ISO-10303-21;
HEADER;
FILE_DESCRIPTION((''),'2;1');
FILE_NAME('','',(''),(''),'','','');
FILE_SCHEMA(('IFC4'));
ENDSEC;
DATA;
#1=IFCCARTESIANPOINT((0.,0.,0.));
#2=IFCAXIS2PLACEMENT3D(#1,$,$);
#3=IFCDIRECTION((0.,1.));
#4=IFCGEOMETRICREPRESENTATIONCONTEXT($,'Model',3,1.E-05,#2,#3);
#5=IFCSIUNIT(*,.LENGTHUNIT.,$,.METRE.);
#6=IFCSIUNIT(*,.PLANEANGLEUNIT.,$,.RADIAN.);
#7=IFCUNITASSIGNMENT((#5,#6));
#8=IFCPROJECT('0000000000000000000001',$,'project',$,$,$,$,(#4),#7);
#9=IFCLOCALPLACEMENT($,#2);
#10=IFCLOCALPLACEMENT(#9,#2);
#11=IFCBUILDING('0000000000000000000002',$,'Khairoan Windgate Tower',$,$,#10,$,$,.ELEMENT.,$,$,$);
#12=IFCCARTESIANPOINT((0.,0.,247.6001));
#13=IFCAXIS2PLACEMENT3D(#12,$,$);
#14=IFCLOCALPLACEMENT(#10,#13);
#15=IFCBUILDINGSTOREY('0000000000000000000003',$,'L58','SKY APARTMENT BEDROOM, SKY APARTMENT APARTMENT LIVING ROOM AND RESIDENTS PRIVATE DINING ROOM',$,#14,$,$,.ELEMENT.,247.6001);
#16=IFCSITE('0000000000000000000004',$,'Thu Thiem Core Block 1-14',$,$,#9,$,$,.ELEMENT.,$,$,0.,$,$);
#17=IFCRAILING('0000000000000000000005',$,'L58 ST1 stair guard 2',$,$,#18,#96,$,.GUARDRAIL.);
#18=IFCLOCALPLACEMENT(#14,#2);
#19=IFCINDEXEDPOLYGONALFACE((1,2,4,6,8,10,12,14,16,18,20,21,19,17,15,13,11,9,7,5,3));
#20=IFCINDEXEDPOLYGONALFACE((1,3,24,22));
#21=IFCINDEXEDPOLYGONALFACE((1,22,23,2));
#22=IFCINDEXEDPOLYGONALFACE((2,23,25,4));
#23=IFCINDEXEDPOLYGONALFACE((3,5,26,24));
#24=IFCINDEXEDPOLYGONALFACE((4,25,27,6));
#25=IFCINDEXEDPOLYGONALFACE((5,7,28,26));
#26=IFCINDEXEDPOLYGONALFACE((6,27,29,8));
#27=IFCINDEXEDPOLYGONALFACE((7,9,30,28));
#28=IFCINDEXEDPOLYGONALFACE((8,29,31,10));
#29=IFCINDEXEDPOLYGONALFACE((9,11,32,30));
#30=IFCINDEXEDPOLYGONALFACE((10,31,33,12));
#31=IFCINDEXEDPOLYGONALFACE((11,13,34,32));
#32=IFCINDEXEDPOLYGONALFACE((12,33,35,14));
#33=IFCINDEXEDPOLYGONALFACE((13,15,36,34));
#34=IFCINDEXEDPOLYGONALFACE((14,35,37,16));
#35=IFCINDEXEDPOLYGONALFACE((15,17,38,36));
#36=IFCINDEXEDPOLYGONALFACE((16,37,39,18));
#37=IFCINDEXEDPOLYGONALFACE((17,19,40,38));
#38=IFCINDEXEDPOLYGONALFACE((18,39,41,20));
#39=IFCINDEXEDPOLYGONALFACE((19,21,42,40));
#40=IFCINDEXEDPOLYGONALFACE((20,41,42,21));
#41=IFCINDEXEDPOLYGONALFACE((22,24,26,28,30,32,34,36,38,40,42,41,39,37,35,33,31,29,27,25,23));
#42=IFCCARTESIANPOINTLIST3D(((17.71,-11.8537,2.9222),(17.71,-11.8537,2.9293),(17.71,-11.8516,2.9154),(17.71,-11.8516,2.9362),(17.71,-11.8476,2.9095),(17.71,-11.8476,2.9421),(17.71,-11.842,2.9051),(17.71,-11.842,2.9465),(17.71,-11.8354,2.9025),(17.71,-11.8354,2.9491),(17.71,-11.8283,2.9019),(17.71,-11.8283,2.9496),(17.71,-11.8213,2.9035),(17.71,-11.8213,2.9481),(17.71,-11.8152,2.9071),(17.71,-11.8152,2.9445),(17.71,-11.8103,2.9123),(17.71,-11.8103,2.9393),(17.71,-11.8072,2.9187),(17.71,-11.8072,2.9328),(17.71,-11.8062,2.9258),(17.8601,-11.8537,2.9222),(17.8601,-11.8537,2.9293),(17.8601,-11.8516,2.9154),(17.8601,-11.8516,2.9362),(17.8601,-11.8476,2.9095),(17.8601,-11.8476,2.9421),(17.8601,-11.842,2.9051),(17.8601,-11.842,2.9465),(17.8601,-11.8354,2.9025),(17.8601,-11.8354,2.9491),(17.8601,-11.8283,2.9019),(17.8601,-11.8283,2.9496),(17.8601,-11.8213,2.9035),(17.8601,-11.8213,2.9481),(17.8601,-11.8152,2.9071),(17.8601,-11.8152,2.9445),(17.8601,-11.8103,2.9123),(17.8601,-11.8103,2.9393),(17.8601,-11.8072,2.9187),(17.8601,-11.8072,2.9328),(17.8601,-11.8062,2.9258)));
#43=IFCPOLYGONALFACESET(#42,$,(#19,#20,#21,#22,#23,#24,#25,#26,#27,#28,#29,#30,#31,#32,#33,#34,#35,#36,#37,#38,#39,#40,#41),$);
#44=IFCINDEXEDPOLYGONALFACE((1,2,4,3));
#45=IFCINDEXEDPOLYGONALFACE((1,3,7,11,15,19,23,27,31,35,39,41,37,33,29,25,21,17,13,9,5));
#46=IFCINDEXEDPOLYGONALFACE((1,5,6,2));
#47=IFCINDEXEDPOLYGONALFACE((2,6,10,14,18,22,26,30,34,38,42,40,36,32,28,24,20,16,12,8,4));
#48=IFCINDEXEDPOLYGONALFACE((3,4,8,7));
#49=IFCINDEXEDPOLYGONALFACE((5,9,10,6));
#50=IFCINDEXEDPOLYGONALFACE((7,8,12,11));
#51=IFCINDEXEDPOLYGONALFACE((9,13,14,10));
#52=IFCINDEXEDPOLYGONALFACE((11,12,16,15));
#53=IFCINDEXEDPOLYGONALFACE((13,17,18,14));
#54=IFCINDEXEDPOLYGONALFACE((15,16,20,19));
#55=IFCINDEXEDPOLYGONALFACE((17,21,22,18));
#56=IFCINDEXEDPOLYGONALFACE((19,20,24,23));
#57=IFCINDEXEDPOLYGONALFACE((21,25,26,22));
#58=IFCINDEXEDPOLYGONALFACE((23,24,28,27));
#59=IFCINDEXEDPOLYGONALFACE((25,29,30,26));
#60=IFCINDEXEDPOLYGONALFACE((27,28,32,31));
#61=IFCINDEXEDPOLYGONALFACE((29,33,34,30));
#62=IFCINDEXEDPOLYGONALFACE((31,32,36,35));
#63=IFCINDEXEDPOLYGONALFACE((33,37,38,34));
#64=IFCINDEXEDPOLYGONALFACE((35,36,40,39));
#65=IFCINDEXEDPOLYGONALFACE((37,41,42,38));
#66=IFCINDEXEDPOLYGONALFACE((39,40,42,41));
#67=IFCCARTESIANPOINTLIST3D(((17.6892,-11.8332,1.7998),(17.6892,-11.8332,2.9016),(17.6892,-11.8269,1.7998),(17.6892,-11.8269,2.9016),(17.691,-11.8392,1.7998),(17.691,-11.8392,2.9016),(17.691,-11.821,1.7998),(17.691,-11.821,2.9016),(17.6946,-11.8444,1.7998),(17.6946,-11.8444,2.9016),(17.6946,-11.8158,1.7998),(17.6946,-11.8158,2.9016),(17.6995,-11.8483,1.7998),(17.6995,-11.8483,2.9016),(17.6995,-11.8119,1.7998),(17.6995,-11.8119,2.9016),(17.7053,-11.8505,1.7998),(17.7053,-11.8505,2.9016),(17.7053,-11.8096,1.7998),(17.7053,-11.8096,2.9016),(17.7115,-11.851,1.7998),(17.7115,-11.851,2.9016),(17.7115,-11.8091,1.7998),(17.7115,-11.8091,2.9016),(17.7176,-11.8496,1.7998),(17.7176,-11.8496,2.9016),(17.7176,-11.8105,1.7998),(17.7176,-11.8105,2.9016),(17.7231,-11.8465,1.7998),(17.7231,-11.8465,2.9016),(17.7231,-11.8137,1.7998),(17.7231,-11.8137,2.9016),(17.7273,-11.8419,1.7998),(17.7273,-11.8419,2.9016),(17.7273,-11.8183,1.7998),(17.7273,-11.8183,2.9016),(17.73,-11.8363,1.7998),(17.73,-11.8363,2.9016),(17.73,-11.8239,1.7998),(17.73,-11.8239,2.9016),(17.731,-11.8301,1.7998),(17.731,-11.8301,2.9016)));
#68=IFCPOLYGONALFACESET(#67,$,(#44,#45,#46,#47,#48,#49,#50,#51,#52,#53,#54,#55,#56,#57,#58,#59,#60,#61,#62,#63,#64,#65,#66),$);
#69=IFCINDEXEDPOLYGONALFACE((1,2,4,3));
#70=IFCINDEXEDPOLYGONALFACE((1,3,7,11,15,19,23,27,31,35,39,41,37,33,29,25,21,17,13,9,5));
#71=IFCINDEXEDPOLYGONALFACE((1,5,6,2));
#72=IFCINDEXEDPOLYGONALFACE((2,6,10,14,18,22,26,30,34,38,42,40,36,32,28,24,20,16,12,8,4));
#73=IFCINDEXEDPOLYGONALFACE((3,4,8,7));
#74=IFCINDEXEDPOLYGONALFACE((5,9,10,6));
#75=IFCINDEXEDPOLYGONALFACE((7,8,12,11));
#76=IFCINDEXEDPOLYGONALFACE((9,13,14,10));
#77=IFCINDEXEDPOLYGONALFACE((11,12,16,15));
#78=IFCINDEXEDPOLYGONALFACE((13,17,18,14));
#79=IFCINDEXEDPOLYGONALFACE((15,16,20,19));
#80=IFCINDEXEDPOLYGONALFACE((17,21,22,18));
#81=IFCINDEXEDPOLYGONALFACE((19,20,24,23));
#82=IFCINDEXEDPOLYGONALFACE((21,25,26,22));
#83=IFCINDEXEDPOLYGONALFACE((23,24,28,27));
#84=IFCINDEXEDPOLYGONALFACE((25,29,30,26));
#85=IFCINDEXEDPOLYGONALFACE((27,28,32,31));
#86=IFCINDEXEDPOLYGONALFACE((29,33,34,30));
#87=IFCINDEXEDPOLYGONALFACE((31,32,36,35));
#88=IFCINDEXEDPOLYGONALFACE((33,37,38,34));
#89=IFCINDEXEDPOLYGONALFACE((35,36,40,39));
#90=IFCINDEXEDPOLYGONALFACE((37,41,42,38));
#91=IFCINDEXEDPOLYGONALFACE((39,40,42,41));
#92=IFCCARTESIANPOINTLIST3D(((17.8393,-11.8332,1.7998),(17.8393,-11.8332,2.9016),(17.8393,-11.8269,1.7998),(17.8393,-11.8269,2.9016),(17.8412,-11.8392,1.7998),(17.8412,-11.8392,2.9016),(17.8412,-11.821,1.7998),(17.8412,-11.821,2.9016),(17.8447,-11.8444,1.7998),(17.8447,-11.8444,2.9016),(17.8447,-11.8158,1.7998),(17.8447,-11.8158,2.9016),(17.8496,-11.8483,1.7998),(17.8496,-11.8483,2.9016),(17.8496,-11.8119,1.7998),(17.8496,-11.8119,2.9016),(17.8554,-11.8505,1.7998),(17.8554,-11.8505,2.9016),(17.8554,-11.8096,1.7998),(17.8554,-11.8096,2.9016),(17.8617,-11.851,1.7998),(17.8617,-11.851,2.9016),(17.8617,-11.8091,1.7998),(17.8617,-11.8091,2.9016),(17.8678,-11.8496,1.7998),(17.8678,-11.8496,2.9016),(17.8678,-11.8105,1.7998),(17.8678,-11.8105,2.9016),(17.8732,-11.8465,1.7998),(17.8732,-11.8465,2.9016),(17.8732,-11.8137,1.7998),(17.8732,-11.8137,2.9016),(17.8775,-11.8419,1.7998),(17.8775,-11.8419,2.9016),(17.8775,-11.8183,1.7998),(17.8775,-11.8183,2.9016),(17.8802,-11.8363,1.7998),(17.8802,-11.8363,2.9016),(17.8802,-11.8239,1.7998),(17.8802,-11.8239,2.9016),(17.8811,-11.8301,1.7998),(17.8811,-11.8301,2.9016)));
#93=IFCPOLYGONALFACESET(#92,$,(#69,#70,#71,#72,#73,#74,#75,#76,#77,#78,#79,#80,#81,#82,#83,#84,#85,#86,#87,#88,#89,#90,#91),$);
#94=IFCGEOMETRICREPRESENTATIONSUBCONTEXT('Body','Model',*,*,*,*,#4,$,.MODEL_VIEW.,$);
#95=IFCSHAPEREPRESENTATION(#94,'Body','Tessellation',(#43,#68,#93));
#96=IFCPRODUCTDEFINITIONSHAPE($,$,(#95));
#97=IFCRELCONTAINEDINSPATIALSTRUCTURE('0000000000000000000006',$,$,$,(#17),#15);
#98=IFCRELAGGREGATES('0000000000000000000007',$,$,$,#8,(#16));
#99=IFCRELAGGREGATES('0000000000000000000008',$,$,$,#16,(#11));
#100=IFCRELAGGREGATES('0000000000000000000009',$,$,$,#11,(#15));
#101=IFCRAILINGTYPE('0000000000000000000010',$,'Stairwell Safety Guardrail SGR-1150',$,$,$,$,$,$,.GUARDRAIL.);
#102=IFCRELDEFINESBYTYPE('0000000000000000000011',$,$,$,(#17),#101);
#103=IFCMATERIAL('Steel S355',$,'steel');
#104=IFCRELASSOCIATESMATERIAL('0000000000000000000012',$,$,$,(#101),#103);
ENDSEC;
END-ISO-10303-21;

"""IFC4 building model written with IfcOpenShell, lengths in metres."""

from ifc_helpers import new_model, si_unit, direction, frame, origin, origin_2d, place, context, subcontext, project, spatial, circle, extrude, material, type_object, element, save


model = new_model("IFC4")

# Units and contexts
model_context = context("Model", 3, precision=1e-05, world=origin(), true_north=direction((0.0, 1.0)))
body_context = subcontext(model_context, "Body", "Model", "MODEL_VIEW")
ifc_project = project(units=[si_unit("LENGTHUNIT", "METRE"), si_unit("PLANEANGLEUNIT", "RADIAN")], contexts=[model_context])

# Site, building, storey
site_placement = place(None, origin())
site = spatial("IfcSite", under=ifc_project, at=site_placement, Name="Thu Thiem Core Block 1-14", CompositionType="ELEMENT", RefElevation=0.0)
building_placement = place(site_placement, origin())
building = spatial("IfcBuilding", under=site, at=building_placement, Name="Khairoan Windgate Tower", CompositionType="ELEMENT")
storey_placement = place(building_placement, frame((0.0, 0.0, 247.6001)))
storey = spatial("IfcBuildingStorey", under=building, at=storey_placement, Name="L58", Description="SKY APARTMENT BEDROOM, SKY APARTMENT APARTMENT LIVING ROOM AND RESIDENTS PRIVATE DINING ROOM", CompositionType="ELEMENT", Elevation=247.6001)

# Railing
ifc_material_1 = material(Name="Steel S355", Category="steel")
railing_type_1 = type_object("IfcRailingType", Name="Stairwell Safety Guardrail SGR-1150", PredefinedType="GUARDRAIL", material=ifc_material_1)
railing_1_placement = place(storey_placement, frame((17.71, -11.8301, 1.7998)))
element("IfcRailing", 1, at=railing_1_placement, inside=storey, type_object=railing_type_1, Name="L58 ST1 stair guard 2", PredefinedType="GUARDRAIL", context=body_context, shape_type="SweptSolid", body=[
    extrude(circle(Radius=0.0239, at=origin_2d()), frame((0.0, 0.0, 1.126), z_axis=(1.0, 0.0, 0.0), x_axis=(0.0, 1.0, 0.0)), (0.0, 0.0, 1.0), 0.1501),
    extrude(circle(Radius=0.021, at=origin_2d()), origin(), (0.0, 0.0, 1.0), 1.1018),
    extrude(circle(Radius=0.021, at=origin_2d()), frame((0.1501, 0.0, 0.0)), (0.0, 0.0, 1.0), 1.1018),
])

save(model, "model.ifc")
